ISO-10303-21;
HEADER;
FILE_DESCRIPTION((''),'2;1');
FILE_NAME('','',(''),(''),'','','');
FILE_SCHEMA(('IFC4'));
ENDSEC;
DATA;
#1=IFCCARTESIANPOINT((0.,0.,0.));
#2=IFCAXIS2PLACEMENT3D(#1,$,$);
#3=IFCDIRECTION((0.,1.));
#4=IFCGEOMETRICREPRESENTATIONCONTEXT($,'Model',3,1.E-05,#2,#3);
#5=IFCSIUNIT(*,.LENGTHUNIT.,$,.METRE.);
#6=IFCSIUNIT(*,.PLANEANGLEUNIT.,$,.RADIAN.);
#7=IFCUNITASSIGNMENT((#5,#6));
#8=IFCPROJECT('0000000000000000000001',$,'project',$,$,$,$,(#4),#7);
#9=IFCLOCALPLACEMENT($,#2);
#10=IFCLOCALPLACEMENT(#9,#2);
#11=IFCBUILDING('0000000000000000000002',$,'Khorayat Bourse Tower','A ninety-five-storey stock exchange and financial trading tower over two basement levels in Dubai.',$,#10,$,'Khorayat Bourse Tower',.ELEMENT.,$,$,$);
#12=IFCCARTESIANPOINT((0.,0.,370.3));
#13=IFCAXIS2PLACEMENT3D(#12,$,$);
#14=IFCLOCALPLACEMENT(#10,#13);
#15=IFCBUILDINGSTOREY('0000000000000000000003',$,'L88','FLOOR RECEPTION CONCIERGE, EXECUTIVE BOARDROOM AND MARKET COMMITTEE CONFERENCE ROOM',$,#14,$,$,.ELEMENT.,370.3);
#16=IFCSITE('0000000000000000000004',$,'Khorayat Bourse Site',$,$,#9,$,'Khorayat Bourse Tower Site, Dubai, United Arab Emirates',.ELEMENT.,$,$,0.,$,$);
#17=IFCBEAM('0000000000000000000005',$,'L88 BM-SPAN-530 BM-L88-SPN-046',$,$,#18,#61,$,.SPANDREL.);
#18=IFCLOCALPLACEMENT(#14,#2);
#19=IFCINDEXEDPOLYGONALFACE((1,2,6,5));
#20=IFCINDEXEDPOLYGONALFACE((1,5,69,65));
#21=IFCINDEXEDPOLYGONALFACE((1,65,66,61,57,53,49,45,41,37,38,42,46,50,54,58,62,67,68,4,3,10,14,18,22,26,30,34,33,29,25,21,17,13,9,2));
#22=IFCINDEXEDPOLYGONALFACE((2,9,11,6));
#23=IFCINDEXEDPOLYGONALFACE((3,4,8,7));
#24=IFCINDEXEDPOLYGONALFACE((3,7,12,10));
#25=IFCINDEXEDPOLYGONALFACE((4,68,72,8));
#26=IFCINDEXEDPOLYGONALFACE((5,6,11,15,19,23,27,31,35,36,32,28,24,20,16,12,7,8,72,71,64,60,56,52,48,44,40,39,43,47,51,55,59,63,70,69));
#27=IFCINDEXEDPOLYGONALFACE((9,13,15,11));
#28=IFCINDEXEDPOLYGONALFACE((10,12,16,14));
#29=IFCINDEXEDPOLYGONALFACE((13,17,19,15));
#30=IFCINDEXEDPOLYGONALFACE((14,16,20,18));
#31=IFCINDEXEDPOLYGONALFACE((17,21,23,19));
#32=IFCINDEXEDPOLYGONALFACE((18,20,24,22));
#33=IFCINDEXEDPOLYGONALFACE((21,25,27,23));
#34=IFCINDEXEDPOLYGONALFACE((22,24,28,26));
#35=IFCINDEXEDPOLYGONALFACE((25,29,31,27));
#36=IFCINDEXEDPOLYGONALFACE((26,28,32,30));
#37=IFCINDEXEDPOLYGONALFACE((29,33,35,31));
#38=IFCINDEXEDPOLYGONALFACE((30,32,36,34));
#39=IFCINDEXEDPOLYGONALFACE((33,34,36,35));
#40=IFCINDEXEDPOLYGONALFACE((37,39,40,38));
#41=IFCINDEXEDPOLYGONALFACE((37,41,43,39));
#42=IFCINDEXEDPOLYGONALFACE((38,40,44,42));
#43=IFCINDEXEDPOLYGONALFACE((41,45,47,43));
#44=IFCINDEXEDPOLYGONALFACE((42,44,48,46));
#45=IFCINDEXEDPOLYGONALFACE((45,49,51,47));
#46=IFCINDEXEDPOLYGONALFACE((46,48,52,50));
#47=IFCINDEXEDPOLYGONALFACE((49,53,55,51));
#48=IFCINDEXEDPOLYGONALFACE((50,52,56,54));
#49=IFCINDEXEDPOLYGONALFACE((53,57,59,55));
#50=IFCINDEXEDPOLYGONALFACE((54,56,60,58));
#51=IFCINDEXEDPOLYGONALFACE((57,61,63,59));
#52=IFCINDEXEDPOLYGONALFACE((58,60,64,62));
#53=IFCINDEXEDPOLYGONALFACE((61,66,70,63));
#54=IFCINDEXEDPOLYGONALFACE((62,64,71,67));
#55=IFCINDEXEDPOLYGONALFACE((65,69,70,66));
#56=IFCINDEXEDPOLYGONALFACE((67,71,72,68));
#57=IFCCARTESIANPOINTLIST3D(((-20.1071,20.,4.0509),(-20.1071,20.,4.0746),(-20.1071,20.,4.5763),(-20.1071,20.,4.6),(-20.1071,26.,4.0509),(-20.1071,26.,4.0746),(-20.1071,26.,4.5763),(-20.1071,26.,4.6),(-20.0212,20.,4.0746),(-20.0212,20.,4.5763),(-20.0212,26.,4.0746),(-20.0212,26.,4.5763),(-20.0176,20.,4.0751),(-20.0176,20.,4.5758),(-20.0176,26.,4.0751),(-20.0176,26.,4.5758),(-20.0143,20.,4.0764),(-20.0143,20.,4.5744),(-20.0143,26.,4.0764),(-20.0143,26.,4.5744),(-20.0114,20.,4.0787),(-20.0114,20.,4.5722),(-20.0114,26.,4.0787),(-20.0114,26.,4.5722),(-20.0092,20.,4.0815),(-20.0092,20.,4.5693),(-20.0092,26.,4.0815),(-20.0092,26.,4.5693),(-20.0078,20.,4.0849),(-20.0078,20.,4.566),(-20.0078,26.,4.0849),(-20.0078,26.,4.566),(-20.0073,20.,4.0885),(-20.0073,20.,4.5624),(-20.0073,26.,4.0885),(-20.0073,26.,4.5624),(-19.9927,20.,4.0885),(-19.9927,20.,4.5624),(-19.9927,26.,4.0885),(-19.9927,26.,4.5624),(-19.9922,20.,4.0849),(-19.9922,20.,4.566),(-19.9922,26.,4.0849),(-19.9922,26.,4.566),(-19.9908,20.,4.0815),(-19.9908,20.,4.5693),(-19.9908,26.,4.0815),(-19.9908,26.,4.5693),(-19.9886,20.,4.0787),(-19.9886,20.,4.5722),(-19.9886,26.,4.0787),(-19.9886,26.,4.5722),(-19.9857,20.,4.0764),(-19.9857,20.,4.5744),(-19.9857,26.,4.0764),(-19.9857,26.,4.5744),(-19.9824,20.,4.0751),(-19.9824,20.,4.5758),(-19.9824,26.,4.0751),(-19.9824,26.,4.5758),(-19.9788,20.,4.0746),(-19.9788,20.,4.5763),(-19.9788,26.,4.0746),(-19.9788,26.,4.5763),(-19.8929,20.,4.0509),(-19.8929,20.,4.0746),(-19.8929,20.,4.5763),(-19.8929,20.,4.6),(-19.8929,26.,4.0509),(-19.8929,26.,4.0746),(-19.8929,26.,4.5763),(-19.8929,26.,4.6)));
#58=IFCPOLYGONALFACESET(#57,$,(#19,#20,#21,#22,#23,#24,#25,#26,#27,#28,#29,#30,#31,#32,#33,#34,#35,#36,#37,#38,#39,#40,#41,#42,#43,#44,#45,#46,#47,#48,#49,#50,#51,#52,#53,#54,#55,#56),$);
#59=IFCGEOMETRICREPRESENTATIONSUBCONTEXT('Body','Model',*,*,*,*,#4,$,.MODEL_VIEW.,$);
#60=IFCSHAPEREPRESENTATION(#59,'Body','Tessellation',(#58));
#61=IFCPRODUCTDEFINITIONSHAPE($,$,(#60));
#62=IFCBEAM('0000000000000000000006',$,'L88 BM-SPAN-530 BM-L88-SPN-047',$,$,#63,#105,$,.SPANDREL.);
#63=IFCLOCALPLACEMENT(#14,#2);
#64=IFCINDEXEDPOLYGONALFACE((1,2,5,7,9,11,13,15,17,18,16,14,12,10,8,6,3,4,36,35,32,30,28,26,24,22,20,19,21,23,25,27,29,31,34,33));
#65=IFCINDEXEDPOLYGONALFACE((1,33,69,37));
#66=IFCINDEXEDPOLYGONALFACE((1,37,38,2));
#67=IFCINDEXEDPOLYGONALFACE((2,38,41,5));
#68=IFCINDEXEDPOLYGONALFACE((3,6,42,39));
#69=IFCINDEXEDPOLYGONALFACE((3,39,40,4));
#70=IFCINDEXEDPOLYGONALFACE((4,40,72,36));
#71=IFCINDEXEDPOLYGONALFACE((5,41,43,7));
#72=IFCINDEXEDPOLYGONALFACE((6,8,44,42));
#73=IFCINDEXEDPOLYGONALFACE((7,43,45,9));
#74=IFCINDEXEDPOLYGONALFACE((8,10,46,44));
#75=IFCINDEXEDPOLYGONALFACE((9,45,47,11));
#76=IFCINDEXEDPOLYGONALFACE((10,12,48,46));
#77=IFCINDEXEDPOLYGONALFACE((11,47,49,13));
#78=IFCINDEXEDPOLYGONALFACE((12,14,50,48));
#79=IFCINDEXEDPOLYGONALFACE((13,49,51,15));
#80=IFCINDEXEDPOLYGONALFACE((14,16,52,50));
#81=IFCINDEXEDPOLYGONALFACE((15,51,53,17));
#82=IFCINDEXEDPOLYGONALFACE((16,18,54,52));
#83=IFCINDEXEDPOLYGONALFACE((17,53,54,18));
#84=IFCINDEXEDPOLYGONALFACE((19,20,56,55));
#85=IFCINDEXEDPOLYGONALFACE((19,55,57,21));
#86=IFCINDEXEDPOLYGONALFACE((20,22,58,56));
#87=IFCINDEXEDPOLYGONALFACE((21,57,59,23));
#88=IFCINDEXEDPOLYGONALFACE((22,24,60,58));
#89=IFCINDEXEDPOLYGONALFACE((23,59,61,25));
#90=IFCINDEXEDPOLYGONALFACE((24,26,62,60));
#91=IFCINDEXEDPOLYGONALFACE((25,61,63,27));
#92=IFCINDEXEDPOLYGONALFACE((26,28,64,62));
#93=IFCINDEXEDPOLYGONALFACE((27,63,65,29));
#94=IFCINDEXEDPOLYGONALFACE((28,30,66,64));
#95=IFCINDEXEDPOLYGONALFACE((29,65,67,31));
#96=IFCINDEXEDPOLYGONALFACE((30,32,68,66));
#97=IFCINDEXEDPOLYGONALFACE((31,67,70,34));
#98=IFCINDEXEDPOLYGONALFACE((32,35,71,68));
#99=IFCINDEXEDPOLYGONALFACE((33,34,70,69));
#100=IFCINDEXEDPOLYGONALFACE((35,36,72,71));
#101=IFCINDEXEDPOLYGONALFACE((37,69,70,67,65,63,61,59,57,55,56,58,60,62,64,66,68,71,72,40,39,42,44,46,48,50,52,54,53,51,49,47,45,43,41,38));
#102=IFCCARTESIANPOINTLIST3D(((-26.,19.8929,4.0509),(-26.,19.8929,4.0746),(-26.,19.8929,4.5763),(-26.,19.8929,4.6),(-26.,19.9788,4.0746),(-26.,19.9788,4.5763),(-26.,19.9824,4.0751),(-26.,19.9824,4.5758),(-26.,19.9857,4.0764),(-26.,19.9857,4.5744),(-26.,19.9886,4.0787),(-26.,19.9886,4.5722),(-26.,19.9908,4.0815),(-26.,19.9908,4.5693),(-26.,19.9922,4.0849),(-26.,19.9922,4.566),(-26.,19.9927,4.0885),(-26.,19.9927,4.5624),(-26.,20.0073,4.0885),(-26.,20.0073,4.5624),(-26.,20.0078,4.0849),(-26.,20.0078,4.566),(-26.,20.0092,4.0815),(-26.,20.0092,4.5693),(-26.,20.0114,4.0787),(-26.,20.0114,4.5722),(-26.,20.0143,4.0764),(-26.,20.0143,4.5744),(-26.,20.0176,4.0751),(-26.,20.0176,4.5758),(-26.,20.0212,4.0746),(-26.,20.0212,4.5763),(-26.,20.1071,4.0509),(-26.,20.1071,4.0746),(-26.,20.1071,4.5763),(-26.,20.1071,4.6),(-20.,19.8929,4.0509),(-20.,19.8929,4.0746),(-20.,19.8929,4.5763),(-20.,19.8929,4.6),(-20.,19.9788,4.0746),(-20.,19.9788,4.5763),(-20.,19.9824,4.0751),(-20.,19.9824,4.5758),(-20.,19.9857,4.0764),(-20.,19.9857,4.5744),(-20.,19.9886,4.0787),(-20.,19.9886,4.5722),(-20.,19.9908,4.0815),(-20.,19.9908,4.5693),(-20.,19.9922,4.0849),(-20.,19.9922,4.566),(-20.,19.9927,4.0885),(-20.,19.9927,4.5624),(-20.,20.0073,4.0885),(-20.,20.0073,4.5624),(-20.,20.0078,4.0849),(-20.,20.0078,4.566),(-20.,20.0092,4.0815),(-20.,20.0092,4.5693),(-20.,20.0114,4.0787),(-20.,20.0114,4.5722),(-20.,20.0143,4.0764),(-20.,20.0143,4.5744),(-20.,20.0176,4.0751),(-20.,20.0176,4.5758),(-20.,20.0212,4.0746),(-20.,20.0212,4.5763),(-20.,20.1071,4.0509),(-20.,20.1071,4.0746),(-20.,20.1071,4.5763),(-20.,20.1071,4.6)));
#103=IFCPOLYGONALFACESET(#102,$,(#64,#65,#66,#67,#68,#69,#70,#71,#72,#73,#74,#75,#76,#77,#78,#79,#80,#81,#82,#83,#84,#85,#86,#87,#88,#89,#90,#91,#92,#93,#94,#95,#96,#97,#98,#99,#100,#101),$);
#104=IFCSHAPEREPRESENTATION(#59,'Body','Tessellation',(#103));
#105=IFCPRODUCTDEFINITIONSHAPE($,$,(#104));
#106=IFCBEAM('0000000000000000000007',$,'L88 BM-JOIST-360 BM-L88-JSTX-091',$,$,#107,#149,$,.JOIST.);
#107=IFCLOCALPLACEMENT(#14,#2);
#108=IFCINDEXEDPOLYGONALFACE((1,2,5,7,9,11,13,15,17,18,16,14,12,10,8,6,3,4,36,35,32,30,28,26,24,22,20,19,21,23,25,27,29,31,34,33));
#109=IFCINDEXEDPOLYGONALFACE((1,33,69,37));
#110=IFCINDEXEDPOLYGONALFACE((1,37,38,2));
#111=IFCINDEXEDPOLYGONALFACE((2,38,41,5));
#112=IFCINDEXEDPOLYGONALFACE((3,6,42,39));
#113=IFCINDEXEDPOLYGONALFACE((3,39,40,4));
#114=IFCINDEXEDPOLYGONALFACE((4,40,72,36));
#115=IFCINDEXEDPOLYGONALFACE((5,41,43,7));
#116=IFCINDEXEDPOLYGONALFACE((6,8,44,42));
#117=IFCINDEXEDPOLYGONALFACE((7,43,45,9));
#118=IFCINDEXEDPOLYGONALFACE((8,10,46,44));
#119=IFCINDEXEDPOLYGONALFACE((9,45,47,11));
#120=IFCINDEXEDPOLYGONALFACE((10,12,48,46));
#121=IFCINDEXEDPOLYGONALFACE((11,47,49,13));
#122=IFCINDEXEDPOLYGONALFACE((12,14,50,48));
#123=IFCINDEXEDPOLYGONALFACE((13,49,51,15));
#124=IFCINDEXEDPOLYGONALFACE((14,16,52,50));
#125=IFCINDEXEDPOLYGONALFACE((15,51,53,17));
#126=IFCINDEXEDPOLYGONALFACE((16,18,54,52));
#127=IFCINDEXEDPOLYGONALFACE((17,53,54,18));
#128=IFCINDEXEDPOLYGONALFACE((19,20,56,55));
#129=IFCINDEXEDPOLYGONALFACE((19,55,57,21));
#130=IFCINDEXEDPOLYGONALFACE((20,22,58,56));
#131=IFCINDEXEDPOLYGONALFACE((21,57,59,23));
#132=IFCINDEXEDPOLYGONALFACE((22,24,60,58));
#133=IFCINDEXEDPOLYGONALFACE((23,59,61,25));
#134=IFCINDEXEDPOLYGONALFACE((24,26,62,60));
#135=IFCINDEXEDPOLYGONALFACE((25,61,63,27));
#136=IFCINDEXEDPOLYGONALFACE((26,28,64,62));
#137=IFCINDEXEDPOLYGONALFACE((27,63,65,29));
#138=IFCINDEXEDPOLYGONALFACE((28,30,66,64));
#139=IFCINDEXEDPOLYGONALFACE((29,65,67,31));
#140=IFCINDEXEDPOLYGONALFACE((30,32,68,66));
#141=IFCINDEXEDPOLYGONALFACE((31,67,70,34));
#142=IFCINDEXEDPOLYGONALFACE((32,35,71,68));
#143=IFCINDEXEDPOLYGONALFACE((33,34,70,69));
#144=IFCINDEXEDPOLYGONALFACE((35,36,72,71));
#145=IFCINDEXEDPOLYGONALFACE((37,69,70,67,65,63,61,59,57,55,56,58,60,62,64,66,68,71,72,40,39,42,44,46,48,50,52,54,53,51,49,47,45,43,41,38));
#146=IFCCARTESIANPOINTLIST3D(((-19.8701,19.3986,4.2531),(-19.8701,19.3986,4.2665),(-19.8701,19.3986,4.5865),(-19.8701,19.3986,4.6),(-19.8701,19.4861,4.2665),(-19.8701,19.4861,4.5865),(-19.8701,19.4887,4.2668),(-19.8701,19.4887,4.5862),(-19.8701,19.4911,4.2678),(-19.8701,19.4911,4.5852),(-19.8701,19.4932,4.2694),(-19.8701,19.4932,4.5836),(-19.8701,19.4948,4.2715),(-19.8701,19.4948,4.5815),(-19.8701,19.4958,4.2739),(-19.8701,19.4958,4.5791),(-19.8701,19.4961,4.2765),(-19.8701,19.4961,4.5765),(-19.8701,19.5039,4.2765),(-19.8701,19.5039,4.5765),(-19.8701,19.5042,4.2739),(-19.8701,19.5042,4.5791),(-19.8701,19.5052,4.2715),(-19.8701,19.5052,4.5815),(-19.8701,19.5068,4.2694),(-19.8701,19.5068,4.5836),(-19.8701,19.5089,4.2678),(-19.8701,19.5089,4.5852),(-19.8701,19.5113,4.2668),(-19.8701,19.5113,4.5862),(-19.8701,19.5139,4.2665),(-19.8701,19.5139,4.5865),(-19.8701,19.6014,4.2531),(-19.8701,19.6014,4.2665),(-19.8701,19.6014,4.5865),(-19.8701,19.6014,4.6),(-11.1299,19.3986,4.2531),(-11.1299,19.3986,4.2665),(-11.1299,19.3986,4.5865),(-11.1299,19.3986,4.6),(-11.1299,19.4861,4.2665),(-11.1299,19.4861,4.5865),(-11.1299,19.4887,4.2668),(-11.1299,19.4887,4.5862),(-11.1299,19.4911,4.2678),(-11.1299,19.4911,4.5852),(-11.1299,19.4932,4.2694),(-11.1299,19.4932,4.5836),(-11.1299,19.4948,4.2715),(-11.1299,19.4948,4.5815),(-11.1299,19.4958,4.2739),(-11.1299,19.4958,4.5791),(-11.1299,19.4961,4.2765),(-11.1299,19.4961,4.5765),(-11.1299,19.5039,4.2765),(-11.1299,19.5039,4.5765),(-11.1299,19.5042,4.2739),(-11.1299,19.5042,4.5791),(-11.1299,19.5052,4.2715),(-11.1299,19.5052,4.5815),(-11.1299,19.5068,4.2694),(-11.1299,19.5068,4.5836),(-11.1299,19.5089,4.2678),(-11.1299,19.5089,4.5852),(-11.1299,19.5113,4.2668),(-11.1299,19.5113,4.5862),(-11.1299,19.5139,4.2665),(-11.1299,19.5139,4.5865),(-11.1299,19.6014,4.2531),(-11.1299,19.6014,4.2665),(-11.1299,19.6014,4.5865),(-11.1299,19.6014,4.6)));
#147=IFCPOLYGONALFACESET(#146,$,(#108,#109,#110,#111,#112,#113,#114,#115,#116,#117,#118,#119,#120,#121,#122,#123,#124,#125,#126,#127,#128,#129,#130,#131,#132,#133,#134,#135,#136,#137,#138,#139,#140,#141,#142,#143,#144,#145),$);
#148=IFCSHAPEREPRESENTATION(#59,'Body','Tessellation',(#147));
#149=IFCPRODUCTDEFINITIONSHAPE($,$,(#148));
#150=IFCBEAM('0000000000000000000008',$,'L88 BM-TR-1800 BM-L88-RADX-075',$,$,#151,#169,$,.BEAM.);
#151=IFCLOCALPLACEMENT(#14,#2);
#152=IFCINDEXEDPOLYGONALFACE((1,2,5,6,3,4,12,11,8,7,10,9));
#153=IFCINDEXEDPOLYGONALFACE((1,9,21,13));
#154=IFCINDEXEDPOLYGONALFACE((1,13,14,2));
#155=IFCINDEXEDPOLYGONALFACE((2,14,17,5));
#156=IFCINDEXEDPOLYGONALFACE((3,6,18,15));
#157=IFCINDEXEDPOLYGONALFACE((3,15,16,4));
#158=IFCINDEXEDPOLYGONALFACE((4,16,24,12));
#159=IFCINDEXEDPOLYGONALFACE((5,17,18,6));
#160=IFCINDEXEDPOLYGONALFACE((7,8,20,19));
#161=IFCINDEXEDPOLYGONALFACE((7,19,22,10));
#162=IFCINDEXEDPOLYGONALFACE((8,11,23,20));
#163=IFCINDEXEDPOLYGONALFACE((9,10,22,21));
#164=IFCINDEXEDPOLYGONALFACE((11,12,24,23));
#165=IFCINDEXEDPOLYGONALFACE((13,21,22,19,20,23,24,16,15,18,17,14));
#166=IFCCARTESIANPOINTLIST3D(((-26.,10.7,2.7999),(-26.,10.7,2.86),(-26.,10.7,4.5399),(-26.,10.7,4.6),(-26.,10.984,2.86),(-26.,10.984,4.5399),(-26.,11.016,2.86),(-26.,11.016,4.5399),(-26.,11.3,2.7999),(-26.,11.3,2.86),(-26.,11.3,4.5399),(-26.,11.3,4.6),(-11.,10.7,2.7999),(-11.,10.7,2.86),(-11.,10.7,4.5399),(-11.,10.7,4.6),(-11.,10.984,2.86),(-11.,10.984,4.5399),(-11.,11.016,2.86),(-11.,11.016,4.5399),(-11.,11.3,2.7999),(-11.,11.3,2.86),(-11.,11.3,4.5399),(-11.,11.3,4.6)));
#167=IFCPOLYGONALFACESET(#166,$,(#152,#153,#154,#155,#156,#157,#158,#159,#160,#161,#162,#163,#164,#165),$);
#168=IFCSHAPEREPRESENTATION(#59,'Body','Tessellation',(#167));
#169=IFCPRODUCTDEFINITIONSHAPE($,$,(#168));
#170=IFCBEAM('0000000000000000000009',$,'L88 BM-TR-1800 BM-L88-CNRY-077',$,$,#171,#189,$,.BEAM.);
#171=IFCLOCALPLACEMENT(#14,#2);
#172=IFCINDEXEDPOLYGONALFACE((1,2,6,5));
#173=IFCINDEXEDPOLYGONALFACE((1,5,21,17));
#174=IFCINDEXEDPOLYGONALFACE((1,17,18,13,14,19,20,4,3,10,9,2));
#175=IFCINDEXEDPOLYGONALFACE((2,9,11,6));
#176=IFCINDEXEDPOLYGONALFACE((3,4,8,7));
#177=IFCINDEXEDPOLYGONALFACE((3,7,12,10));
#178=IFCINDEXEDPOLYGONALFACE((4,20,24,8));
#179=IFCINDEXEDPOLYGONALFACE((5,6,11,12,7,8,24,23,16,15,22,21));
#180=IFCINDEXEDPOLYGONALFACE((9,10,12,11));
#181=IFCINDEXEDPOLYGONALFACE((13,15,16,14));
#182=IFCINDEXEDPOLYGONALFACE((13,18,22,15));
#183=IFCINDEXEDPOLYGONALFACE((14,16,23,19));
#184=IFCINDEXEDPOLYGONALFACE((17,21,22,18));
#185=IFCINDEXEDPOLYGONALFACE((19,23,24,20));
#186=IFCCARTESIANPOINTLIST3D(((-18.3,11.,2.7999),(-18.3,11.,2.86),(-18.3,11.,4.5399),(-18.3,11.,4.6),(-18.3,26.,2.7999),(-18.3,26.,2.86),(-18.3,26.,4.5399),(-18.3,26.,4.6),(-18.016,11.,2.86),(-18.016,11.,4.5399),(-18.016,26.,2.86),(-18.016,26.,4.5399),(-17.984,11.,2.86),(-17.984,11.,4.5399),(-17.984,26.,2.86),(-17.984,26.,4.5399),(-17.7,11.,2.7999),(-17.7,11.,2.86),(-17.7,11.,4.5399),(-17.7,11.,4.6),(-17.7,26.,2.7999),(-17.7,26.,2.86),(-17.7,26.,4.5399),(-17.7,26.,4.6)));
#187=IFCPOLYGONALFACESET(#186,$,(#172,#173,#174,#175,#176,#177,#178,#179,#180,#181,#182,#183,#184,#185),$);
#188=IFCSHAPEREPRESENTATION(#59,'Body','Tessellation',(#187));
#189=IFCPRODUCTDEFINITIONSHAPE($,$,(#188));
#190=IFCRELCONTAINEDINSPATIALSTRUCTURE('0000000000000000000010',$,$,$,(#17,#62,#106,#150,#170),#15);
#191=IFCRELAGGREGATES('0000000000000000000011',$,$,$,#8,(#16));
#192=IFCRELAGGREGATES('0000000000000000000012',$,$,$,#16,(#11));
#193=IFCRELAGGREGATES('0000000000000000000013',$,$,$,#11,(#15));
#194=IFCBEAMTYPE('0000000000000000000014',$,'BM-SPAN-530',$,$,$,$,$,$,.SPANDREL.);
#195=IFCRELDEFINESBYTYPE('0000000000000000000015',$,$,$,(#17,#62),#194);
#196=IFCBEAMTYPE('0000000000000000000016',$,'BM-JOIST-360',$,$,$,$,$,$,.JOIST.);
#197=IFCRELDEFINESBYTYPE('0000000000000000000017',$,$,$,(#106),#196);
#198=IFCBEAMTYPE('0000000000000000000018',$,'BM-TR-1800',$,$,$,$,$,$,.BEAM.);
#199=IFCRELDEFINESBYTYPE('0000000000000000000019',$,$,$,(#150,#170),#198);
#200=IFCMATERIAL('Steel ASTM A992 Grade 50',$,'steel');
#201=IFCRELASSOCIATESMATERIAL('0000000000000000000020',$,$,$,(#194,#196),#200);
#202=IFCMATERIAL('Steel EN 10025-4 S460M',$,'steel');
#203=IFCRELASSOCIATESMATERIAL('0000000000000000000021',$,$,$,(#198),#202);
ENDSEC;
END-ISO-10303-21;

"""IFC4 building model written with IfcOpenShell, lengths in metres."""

from ifc_helpers import new_model, si_unit, direction, frame, origin, origin_2d, place, context, subcontext, project, spatial, i_section, extrude, source, transform, mapped, material, material_profile, profile_set, type_object, element, save


model = new_model("IFC4")

# Units and contexts
model_context = context("Model", 3, precision=1e-05, world=origin(), true_north=direction((0.0, 1.0)))
body_context = subcontext(model_context, "Body", "Model", "MODEL_VIEW")
ifc_project = project(units=[si_unit("LENGTHUNIT", "METRE"), si_unit("PLANEANGLEUNIT", "RADIAN")], contexts=[model_context])

# Site, building, storey
site_placement = place(None, origin())
site = spatial("IfcSite", under=ifc_project, at=site_placement, Name="Khorayat Bourse Site", LongName="Khorayat Bourse Tower Site, Dubai, United Arab Emirates", CompositionType="ELEMENT", RefElevation=0.0)
building_placement = place(site_placement, origin())
building = spatial("IfcBuilding", under=site, at=building_placement, Name="Khorayat Bourse Tower", Description="A ninety-five-storey stock exchange and financial trading tower over two basement levels in Dubai.", LongName="Khorayat Bourse Tower", CompositionType="ELEMENT")
storey_placement = place(building_placement, frame((0.0, 0.0, 370.3)))
storey = spatial("IfcBuildingStorey", under=building, at=storey_placement, Name="L88", Description="FLOOR RECEPTION CONCIERGE, EXECUTIVE BOARDROOM AND MARKET COMMITTEE CONFERENCE ROOM", CompositionType="ELEMENT", Elevation=370.3)

# Beams
ifc_material_1 = material(Name="Steel ASTM A992 Grade 50", Category="steel")
ifc_material_profile_1 = material_profile(ifc_material_1, i_section(OverallWidth=0.2141, OverallDepth=0.5491, WebThickness=0.0146, FlangeThickness=0.0237, FilletRadius=0.0139, at=origin_2d()), Name="W530X138")
ifc_profile_set_1 = profile_set([ifc_material_profile_1], Name="Steel ASTM A992 Grade 50")
beam_type_1 = type_object("IfcBeamType", Name="BM-SPAN-530", PredefinedType="SPANDREL", material=ifc_profile_set_1)
shared_shape_1 = source(origin(), body_context, "Body", "SweptSolid", [
    extrude(i_section(OverallWidth=0.2141, OverallDepth=0.5491, WebThickness=0.0146, FlangeThickness=0.0237, FilletRadius=0.0139, at=origin_2d()), origin(), (0.0, 0.0, 1.0), 6.0),
])
for number, where, z_axis, x_axis, name in (
    (1, (-20.0, 20.0, 4.3254), (0.0, 1.0, 0.0), (-1.0, 0.0, 0.0), "L88 BM-SPAN-530 BM-L88-SPN-046"),
    (2, (-26.0, 20.0, 4.3254), (1.0, 0.0, 0.0), (0.0, 1.0, 0.0), "L88 BM-SPAN-530 BM-L88-SPN-047"),
):
    element("IfcBeam", number, at=place(storey_placement, frame(where, z_axis=z_axis, x_axis=x_axis)), inside=storey, type_object=beam_type_1, Name=name, PredefinedType="SPANDREL", context=body_context, shape_type="MappedRepresentation", body=[
        mapped(shared_shape_1, transform((0.0, 0.0, 0.0), scale=1.0)),
    ])
ifc_material_profile_2 = material_profile(ifc_material_1, i_section(OverallWidth=0.2029, OverallDepth=0.3469, WebThickness=0.0078, FlangeThickness=0.0134, FilletRadius=0.01, at=origin_2d()), Name="W360X64")
ifc_profile_set_2 = profile_set([ifc_material_profile_2], Name="Steel ASTM A992 Grade 50")
beam_type_2 = type_object("IfcBeamType", Name="BM-JOIST-360", PredefinedType="JOIST", material=ifc_profile_set_2)
shared_shape_2 = source(origin(), body_context, "Body", "SweptSolid", [
    extrude(i_section(OverallWidth=0.2029, OverallDepth=0.3469, WebThickness=0.0078, FlangeThickness=0.0134, FilletRadius=0.01, at=origin_2d()), origin(), (0.0, 0.0, 1.0), 8.7402),
])
beam_1_placement = place(storey_placement, frame((-19.8701, 19.5, 4.4265), z_axis=(1.0, 0.0, 0.0), x_axis=(0.0, 1.0, 0.0)))
element("IfcBeam", 3, at=beam_1_placement, inside=storey, type_object=beam_type_2, Name="L88 BM-JOIST-360 BM-L88-JSTX-091", PredefinedType="JOIST", context=body_context, shape_type="MappedRepresentation", body=[
    mapped(shared_shape_2, transform((0.0, 0.0, 0.0), scale=1.0)),
])
ifc_material_2 = material(Name="Steel EN 10025-4 S460M", Category="steel")
ifc_material_profile_3 = material_profile(ifc_material_2, i_section(OverallWidth=0.6001, OverallDepth=1.8, WebThickness=0.032, FlangeThickness=0.0601, at=origin_2d()), Name="PG 1800x600x32x60")
ifc_profile_set_3 = profile_set([ifc_material_profile_3], Name="Steel EN 10025-4 S460M")
beam_type_3 = type_object("IfcBeamType", Name="BM-TR-1800", PredefinedType="BEAM", material=ifc_profile_set_3)
shared_shape_3 = source(origin(), body_context, "Body", "SweptSolid", [
    extrude(i_section(OverallWidth=0.6001, OverallDepth=1.8, WebThickness=0.032, FlangeThickness=0.0601, at=origin_2d()), origin(), (0.0, 0.0, 1.0), 15.0),
])
for number, where, z_axis, x_axis, name in (
    (4, (-26.0, 11.0, 3.7), (1.0, 0.0, 0.0), (0.0, 1.0, 0.0), "L88 BM-TR-1800 BM-L88-RADX-075"),
    (5, (-18.0, 11.0, 3.7), (0.0, 1.0, 0.0), (-1.0, 0.0, 0.0), "L88 BM-TR-1800 BM-L88-CNRY-077"),
):
    element("IfcBeam", number, at=place(storey_placement, frame(where, z_axis=z_axis, x_axis=x_axis)), inside=storey, type_object=beam_type_3, Name=name, PredefinedType="BEAM", context=body_context, shape_type="MappedRepresentation", body=[
        mapped(shared_shape_3, transform((0.0, 0.0, 0.0), scale=1.0)),
    ])

save(model, "model.ifc")
